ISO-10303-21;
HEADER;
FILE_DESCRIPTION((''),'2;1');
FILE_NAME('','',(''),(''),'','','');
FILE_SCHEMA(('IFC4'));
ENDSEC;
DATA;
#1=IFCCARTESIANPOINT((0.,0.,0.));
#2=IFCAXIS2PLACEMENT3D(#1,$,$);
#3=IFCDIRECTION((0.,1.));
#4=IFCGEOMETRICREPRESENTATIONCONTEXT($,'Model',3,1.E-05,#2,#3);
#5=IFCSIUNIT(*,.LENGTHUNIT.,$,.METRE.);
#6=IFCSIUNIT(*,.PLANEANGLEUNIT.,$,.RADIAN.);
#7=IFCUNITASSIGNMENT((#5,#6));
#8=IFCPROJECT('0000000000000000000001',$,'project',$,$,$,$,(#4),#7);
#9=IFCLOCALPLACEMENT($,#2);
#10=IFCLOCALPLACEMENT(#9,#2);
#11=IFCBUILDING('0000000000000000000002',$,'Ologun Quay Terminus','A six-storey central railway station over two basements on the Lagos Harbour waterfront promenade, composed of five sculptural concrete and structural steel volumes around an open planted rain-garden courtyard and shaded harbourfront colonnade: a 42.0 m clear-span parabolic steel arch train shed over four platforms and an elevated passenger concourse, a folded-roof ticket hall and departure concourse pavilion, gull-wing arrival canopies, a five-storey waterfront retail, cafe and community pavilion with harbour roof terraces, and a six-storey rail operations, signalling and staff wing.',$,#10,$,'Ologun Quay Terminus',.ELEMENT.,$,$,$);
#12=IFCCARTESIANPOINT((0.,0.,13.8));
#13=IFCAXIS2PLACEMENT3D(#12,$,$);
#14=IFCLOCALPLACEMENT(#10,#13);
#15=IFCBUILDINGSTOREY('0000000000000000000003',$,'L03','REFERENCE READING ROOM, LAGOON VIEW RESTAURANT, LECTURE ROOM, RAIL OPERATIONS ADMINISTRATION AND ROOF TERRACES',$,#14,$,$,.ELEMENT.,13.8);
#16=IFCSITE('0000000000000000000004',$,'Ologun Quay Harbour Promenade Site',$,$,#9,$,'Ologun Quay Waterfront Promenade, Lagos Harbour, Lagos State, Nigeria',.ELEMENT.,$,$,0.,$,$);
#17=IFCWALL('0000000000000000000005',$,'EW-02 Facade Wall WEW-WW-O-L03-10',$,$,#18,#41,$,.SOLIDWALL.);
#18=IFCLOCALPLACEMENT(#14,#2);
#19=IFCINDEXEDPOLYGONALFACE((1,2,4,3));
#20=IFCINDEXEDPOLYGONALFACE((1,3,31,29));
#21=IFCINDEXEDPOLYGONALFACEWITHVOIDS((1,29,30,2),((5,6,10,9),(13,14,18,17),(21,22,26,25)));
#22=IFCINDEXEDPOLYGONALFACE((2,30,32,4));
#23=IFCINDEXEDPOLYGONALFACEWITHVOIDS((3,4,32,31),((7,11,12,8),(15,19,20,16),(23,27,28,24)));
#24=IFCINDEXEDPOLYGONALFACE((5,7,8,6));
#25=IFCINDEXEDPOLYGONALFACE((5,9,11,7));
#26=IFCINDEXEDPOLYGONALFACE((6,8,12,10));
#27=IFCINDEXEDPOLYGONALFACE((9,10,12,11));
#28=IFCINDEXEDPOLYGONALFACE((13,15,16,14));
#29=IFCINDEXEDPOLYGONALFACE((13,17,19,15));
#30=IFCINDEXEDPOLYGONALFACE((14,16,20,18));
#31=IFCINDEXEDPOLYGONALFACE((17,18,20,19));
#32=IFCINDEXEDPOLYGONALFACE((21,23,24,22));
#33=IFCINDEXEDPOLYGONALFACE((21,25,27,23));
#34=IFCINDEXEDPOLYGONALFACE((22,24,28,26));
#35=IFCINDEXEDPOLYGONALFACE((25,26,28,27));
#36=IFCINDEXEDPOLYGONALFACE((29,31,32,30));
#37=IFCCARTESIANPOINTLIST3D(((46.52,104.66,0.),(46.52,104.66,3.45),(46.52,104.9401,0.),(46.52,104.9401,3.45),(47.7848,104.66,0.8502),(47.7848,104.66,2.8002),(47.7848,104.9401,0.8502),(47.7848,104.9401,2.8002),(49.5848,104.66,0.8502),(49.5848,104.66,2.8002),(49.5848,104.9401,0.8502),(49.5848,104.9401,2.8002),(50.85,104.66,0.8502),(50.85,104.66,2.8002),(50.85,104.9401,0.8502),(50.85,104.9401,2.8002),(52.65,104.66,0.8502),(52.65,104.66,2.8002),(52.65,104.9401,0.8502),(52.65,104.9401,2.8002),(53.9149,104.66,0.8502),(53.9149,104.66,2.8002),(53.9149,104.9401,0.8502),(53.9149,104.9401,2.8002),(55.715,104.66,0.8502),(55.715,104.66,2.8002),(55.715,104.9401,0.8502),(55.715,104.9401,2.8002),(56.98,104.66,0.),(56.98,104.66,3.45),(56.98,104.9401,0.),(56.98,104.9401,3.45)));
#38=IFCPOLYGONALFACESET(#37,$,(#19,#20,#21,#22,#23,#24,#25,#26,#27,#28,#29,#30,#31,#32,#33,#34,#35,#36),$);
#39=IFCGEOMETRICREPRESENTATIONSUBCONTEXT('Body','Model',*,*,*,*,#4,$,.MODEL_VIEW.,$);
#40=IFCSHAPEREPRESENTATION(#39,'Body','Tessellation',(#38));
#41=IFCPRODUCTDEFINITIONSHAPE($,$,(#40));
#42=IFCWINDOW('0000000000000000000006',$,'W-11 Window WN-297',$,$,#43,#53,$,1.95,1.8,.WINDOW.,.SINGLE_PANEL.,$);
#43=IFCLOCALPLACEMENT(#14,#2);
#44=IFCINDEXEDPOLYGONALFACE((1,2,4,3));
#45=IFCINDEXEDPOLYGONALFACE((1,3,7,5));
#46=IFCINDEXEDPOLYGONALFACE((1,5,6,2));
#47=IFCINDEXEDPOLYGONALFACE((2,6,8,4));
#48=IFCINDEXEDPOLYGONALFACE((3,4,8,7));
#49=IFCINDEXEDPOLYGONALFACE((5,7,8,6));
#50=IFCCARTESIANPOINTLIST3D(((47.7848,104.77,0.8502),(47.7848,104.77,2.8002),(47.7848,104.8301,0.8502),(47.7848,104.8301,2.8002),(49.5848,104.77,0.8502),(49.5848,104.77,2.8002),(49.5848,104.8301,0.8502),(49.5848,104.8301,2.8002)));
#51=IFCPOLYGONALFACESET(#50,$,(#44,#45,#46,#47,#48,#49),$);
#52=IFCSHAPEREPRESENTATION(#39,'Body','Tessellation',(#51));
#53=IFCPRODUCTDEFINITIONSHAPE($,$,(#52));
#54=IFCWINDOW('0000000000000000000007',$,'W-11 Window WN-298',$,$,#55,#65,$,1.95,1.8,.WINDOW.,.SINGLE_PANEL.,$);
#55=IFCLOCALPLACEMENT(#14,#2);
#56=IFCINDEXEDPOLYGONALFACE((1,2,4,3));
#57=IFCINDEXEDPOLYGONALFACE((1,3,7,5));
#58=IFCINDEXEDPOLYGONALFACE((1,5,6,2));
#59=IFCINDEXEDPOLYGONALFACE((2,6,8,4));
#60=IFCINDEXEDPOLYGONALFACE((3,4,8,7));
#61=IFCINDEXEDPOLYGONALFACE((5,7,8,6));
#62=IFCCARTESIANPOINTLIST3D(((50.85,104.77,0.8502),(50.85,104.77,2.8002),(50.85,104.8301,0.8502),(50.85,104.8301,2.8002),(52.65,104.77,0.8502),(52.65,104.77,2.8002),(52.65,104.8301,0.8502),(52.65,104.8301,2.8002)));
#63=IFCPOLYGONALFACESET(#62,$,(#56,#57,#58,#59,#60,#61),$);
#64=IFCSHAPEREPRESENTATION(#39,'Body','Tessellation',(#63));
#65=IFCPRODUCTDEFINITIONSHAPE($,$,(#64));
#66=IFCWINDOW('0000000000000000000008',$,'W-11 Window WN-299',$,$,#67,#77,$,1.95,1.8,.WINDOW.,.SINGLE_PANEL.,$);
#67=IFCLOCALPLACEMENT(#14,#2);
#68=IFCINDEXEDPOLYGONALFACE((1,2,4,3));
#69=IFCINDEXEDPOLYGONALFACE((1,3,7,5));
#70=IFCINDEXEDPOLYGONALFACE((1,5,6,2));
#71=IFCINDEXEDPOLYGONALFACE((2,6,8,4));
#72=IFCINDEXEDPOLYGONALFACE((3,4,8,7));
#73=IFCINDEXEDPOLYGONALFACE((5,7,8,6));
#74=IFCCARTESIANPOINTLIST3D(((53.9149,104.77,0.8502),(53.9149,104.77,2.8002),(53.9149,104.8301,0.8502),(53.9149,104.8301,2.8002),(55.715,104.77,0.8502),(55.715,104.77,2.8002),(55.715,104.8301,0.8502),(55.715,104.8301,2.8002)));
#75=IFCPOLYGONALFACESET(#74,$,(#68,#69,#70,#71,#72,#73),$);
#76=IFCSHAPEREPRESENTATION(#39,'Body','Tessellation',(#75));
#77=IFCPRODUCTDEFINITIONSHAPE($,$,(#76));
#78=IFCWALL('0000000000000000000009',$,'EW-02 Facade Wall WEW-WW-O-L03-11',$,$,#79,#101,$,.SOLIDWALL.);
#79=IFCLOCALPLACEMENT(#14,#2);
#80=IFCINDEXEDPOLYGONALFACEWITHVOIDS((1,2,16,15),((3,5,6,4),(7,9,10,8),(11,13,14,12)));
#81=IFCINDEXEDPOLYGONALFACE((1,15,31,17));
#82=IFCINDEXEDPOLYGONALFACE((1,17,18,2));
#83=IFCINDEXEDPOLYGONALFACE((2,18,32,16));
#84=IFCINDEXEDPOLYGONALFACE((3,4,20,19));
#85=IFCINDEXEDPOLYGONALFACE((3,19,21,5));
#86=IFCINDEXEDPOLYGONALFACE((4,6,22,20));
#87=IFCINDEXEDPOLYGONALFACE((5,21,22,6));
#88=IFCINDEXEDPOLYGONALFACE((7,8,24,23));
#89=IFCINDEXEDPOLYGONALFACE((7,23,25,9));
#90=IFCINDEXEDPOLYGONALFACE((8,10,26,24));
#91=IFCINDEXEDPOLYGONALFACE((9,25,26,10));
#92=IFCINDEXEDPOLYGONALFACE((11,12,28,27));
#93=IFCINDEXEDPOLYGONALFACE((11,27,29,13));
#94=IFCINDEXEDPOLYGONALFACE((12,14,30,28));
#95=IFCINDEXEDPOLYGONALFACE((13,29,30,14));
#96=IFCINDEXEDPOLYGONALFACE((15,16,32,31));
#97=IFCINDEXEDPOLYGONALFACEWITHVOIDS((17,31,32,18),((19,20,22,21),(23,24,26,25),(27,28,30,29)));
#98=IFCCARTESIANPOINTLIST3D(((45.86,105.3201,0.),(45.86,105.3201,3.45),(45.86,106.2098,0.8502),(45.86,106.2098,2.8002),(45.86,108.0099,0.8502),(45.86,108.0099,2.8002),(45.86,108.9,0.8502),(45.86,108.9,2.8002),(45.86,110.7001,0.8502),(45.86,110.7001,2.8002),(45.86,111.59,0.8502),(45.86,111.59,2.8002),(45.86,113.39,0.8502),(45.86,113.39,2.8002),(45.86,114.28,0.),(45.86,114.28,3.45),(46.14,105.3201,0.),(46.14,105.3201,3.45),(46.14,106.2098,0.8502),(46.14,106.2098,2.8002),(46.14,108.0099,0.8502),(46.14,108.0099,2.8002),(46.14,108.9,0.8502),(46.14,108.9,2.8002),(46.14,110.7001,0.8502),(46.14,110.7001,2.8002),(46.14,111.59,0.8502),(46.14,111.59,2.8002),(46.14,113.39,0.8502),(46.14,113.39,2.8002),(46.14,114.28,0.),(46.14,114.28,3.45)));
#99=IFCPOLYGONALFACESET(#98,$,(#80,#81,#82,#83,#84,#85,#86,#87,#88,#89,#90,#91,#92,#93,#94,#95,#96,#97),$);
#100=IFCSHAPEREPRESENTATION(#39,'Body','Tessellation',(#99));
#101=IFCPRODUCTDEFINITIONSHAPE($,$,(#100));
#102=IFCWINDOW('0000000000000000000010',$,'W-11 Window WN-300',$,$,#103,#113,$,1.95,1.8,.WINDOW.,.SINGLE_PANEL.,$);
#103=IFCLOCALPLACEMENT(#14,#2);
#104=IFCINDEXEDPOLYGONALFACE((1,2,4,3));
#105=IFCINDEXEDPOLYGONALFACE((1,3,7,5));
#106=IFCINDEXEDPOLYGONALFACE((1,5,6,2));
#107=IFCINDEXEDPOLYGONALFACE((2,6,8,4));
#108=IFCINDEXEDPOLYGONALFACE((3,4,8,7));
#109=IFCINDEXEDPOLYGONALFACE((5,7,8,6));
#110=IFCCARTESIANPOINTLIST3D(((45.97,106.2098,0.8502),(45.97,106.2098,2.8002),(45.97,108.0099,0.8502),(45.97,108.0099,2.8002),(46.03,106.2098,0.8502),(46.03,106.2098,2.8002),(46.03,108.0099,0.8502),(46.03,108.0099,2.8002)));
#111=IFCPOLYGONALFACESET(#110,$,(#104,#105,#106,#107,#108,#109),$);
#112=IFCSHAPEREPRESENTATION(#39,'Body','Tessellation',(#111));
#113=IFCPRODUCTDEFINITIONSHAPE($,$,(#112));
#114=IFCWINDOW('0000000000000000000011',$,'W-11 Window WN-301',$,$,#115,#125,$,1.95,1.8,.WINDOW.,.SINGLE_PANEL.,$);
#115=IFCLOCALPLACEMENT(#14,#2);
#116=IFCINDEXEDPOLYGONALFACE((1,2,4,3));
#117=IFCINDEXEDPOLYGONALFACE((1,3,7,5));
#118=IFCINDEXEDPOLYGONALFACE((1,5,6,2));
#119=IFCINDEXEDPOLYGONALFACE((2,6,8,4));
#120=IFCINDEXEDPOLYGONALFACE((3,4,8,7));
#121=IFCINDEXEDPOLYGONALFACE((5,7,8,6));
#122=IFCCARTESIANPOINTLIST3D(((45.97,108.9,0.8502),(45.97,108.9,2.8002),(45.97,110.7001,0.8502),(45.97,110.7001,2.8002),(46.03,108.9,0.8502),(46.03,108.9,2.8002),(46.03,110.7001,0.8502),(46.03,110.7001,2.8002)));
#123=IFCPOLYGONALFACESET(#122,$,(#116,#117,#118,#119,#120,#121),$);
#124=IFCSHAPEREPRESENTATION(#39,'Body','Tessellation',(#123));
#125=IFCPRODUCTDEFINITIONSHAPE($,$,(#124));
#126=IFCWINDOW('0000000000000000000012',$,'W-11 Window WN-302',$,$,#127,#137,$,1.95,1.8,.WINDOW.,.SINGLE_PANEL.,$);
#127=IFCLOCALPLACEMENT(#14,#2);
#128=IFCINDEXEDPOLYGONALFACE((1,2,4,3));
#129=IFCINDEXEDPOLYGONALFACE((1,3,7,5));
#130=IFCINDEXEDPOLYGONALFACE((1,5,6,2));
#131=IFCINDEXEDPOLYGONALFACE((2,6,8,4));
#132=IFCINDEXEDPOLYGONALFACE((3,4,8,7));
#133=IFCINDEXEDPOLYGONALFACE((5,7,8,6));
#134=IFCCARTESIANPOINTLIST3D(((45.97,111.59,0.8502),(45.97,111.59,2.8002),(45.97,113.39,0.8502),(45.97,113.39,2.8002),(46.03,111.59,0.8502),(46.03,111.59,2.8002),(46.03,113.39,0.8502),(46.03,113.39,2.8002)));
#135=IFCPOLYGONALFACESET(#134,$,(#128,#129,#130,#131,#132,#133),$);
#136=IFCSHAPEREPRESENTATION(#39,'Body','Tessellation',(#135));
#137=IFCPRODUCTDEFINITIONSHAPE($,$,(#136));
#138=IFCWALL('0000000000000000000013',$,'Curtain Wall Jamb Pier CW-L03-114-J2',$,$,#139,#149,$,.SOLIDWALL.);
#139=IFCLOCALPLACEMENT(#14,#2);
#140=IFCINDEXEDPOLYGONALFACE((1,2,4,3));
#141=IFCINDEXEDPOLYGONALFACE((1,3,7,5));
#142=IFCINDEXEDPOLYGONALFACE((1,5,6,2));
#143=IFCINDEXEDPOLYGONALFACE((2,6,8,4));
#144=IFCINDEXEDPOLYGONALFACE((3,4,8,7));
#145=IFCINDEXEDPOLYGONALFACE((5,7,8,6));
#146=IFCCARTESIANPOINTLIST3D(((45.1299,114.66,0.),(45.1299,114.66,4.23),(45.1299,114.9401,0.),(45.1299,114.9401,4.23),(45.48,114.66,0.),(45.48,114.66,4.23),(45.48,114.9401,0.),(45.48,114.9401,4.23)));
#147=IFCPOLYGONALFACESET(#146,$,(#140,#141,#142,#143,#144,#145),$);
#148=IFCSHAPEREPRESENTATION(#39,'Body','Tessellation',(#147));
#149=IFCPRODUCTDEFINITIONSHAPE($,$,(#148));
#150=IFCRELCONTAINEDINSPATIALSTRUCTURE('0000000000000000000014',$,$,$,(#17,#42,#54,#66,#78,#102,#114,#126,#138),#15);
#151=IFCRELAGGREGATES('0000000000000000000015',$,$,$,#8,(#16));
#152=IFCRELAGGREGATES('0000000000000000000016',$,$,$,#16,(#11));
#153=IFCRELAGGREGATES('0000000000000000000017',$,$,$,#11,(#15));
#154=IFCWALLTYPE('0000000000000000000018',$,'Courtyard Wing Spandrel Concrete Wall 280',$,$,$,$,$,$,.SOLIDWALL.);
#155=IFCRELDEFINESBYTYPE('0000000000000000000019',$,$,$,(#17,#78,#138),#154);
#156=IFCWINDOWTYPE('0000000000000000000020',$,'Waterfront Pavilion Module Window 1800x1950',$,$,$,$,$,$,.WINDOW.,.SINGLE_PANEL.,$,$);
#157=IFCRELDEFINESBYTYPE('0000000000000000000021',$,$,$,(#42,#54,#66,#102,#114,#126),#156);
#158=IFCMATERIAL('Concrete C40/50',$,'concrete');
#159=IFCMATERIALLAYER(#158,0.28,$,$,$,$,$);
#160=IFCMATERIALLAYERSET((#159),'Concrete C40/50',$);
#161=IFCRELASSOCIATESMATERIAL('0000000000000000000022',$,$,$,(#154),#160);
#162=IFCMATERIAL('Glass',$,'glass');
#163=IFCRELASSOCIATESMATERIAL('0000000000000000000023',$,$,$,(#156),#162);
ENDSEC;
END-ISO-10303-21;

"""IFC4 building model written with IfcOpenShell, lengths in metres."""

from ifc_helpers import new_model, si_unit, direction, frame, frame_2d, origin, place, context, subcontext, project, spatial, rectangle, extrude, material, layer, layer_set, type_object, element, fill, save


model = new_model("IFC4")

# Units and contexts
model_context = context("Model", 3, precision=1e-05, world=origin(), true_north=direction((0.0, 1.0)))
body_context = subcontext(model_context, "Body", "Model", "MODEL_VIEW")
ifc_project = project(units=[si_unit("LENGTHUNIT", "METRE"), si_unit("PLANEANGLEUNIT", "RADIAN")], contexts=[model_context])

# Site, building, storey
site_placement = place(None, origin())
site = spatial("IfcSite", under=ifc_project, at=site_placement, Name="Ologun Quay Harbour Promenade Site", LongName="Ologun Quay Waterfront Promenade, Lagos Harbour, Lagos State, Nigeria", CompositionType="ELEMENT", RefElevation=0.0)
building_placement = place(site_placement, origin())
building = spatial("IfcBuilding", under=site, at=building_placement, Name="Ologun Quay Terminus", Description="A six-storey central railway station over two basements on the Lagos Harbour waterfront promenade, composed of five sculptural concrete and structural steel volumes around an open planted rain-garden courtyard and shaded harbourfront colonnade: a 42.0 m clear-span parabolic steel arch train shed over four platforms and an elevated passenger concourse, a folded-roof ticket hall and departure concourse pavilion, gull-wing arrival canopies, a five-storey waterfront retail, cafe and community pavilion with harbour roof terraces, and a six-storey rail operations, signalling and staff wing.", LongName="Ologun Quay Terminus", CompositionType="ELEMENT")
storey_placement = place(building_placement, frame((0.0, 0.0, 13.8)))
storey = spatial("IfcBuildingStorey", under=building, at=storey_placement, Name="L03", Description="REFERENCE READING ROOM, LAGOON VIEW RESTAURANT, LECTURE ROOM, RAIL OPERATIONS ADMINISTRATION AND ROOF TERRACES", CompositionType="ELEMENT", Elevation=13.8)

# Walls, openings, windows
ifc_material_1 = material(Name="Concrete C40/50", Category="concrete")
ifc_layer_1 = layer(ifc_material_1, 0.28)
ifc_layer_set_1 = layer_set([ifc_layer_1], Name="Concrete C40/50")
wall_type_1 = type_object("IfcWallType", Name="Courtyard Wing Spandrel Concrete Wall 280", PredefinedType="SOLIDWALL", material=ifc_layer_set_1)
wall_1_placement = place(storey_placement, frame((46.52, 104.8, 0.0), z_axis=(0.0, 0.0, 1.0), x_axis=(1.0, 0.0, 0.0)))
wall_1 = element("IfcWall", 1, at=wall_1_placement, inside=storey, type_object=wall_type_1, Name="EW-02 Facade Wall WEW-WW-O-L03-10", PredefinedType="SOLIDWALL", context=body_context, shape_type="SweptSolid", body=[
    extrude(rectangle(XDim=10.46, YDim=0.28, at=frame_2d((5.23, 0.0))), origin(), (0.0, 0.0, 1.0), 3.45),
])
opening_1_placement = place(wall_1_placement, frame((1.2649, 0.0, 0.8501)))
opening_1 = element("IfcOpeningElement", 2, at=opening_1_placement, cuts=wall_1, PredefinedType="OPENING", context=body_context, shape_type="SweptSolid", body=[
    extrude(rectangle(XDim=1.8, YDim=1.95, at=frame_2d((0.8999, 0.9751))), frame((0.0, 0.1499, 0.0), z_axis=(0.0, -1.0, 0.0), x_axis=(1.0, 0.0, 0.0)), (0.0, 0.0, 1.0), 0.3),
])
opening_2_placement = place(wall_1_placement, frame((4.3301, 0.0, 0.8501)))
opening_2 = element("IfcOpeningElement", 3, at=opening_2_placement, cuts=wall_1, PredefinedType="OPENING", context=body_context, shape_type="SweptSolid", body=[
    extrude(rectangle(XDim=1.8, YDim=1.95, at=frame_2d((0.8999, 0.9751))), frame((0.0, 0.1499, 0.0), z_axis=(0.0, -1.0, 0.0), x_axis=(1.0, 0.0, 0.0)), (0.0, 0.0, 1.0), 0.3),
])
opening_3_placement = place(wall_1_placement, frame((7.395, 0.0, 0.8501)))
opening_3 = element("IfcOpeningElement", 4, at=opening_3_placement, cuts=wall_1, PredefinedType="OPENING", context=body_context, shape_type="SweptSolid", body=[
    extrude(rectangle(XDim=1.8, YDim=1.95, at=frame_2d((0.8999, 0.9751))), frame((0.0, 0.1499, 0.0), z_axis=(0.0, -1.0, 0.0), x_axis=(1.0, 0.0, 0.0)), (0.0, 0.0, 1.0), 0.3),
])
ifc_material_2 = material(Name="Glass", Category="glass")
window_type = type_object("IfcWindowType", Name="Waterfront Pavilion Module Window 1800x1950", PartitioningType="SINGLE_PANEL", PredefinedType="WINDOW", material=ifc_material_2)
window_1_placement = place(opening_1_placement, origin())
window_1 = element("IfcWindow", 5, at=window_1_placement, inside=storey, type_object=window_type, Name="W-11 Window WN-297", OverallHeight=1.95, OverallWidth=1.8, PartitioningType="SINGLE_PANEL", PredefinedType="WINDOW", context=body_context, shape_type="SweptSolid", body=[
    extrude(rectangle(XDim=1.8, YDim=1.95, at=frame_2d((0.8999, 0.9751))), frame((0.0, 0.03, 0.0), z_axis=(0.0, -1.0, 0.0), x_axis=(1.0, 0.0, 0.0)), (0.0, 0.0, 1.0), 0.0601),
])
fill(opening_1, window_1)
window_2_placement = place(opening_2_placement, origin())
window_2 = element("IfcWindow", 6, at=window_2_placement, inside=storey, type_object=window_type, Name="W-11 Window WN-298", OverallHeight=1.95, OverallWidth=1.8, PartitioningType="SINGLE_PANEL", PredefinedType="WINDOW", context=body_context, shape_type="SweptSolid", body=[
    extrude(rectangle(XDim=1.8, YDim=1.95, at=frame_2d((0.8999, 0.9751))), frame((0.0, 0.03, 0.0), z_axis=(0.0, -1.0, 0.0), x_axis=(1.0, 0.0, 0.0)), (0.0, 0.0, 1.0), 0.0601),
])
fill(opening_2, window_2)
window_3_placement = place(opening_3_placement, origin())
window_3 = element("IfcWindow", 7, at=window_3_placement, inside=storey, type_object=window_type, Name="W-11 Window WN-299", OverallHeight=1.95, OverallWidth=1.8, PartitioningType="SINGLE_PANEL", PredefinedType="WINDOW", context=body_context, shape_type="SweptSolid", body=[
    extrude(rectangle(XDim=1.8, YDim=1.95, at=frame_2d((0.8999, 0.9751))), frame((0.0, 0.03, 0.0), z_axis=(0.0, -1.0, 0.0), x_axis=(1.0, 0.0, 0.0)), (0.0, 0.0, 1.0), 0.0601),
])
fill(opening_3, window_3)
wall_2_placement = place(storey_placement, frame((46.0, 105.3201, 0.0), z_axis=(0.0, 0.0, 1.0), x_axis=(0.0, 1.0, 0.0)))
wall_2 = element("IfcWall", 8, at=wall_2_placement, inside=storey, type_object=wall_type_1, Name="EW-02 Facade Wall WEW-WW-O-L03-11", PredefinedType="SOLIDWALL", context=body_context, shape_type="SweptSolid", body=[
    extrude(rectangle(XDim=8.96, YDim=0.28, at=frame_2d((4.48, 0.0))), origin(), (0.0, 0.0, 1.0), 3.45),
])
opening_4_placement = place(wall_2_placement, frame((0.8899, 0.0, 0.8501)))
opening_4 = element("IfcOpeningElement", 9, at=opening_4_placement, cuts=wall_2, PredefinedType="OPENING", context=body_context, shape_type="SweptSolid", body=[
    extrude(rectangle(XDim=1.8, YDim=1.95, at=frame_2d((0.8999, 0.9751))), frame((0.0, 0.1499, 0.0), z_axis=(0.0, -1.0, 0.0), x_axis=(1.0, 0.0, 0.0)), (0.0, 0.0, 1.0), 0.3),
])
opening_5_placement = place(wall_2_placement, frame((3.5801, 0.0, 0.8501)))
opening_5 = element("IfcOpeningElement", 10, at=opening_5_placement, cuts=wall_2, PredefinedType="OPENING", context=body_context, shape_type="SweptSolid", body=[
    extrude(rectangle(XDim=1.8, YDim=1.95, at=frame_2d((0.8999, 0.9751))), frame((0.0, 0.1499, 0.0), z_axis=(0.0, -1.0, 0.0), x_axis=(1.0, 0.0, 0.0)), (0.0, 0.0, 1.0), 0.3),
])
opening_6_placement = place(wall_2_placement, frame((6.27, 0.0, 0.8501)))
opening_6 = element("IfcOpeningElement", 11, at=opening_6_placement, cuts=wall_2, PredefinedType="OPENING", context=body_context, shape_type="SweptSolid", body=[
    extrude(rectangle(XDim=1.8, YDim=1.95, at=frame_2d((0.8999, 0.9751))), frame((0.0, 0.1499, 0.0), z_axis=(0.0, -1.0, 0.0), x_axis=(1.0, 0.0, 0.0)), (0.0, 0.0, 1.0), 0.3),
])
window_4_placement = place(opening_4_placement, origin())
window_4 = element("IfcWindow", 12, at=window_4_placement, inside=storey, type_object=window_type, Name="W-11 Window WN-300", OverallHeight=1.95, OverallWidth=1.8, PartitioningType="SINGLE_PANEL", PredefinedType="WINDOW", context=body_context, shape_type="SweptSolid", body=[
    extrude(rectangle(XDim=1.8, YDim=1.95, at=frame_2d((0.8999, 0.9751))), frame((0.0, 0.03, 0.0), z_axis=(0.0, -1.0, 0.0), x_axis=(1.0, 0.0, 0.0)), (0.0, 0.0, 1.0), 0.0601),
])
fill(opening_4, window_4)
window_5_placement = place(opening_5_placement, origin())
window_5 = element("IfcWindow", 13, at=window_5_placement, inside=storey, type_object=window_type, Name="W-11 Window WN-301", OverallHeight=1.95, OverallWidth=1.8, PartitioningType="SINGLE_PANEL", PredefinedType="WINDOW", context=body_context, shape_type="SweptSolid", body=[
    extrude(rectangle(XDim=1.8, YDim=1.95, at=frame_2d((0.8999, 0.9751))), frame((0.0, 0.03, 0.0), z_axis=(0.0, -1.0, 0.0), x_axis=(1.0, 0.0, 0.0)), (0.0, 0.0, 1.0), 0.0601),
])
fill(opening_5, window_5)
window_6_placement = place(opening_6_placement, origin())
window_6 = element("IfcWindow", 14, at=window_6_placement, inside=storey, type_object=window_type, Name="W-11 Window WN-302", OverallHeight=1.95, OverallWidth=1.8, PartitioningType="SINGLE_PANEL", PredefinedType="WINDOW", context=body_context, shape_type="SweptSolid", body=[
    extrude(rectangle(XDim=1.8, YDim=1.95, at=frame_2d((0.8999, 0.9751))), frame((0.0, 0.03, 0.0), z_axis=(0.0, -1.0, 0.0), x_axis=(1.0, 0.0, 0.0)), (0.0, 0.0, 1.0), 0.0601),
])
fill(opening_6, window_6)

# Wall
wall_3_placement = place(storey_placement, frame((45.1299, 114.8, 0.0), z_axis=(0.0, 0.0, 1.0), x_axis=(1.0, 0.0, 0.0)))
element("IfcWall", 15, at=wall_3_placement, inside=storey, type_object=wall_type_1, Name="Curtain Wall Jamb Pier CW-L03-114-J2", PredefinedType="SOLIDWALL", context=body_context, shape_type="SweptSolid", body=[
    extrude(rectangle(XDim=0.3501, YDim=0.28, at=frame_2d((0.175, 0.0))), origin(), (0.0, 0.0, 1.0), 4.23),
])

save(model, "model.ifc")
